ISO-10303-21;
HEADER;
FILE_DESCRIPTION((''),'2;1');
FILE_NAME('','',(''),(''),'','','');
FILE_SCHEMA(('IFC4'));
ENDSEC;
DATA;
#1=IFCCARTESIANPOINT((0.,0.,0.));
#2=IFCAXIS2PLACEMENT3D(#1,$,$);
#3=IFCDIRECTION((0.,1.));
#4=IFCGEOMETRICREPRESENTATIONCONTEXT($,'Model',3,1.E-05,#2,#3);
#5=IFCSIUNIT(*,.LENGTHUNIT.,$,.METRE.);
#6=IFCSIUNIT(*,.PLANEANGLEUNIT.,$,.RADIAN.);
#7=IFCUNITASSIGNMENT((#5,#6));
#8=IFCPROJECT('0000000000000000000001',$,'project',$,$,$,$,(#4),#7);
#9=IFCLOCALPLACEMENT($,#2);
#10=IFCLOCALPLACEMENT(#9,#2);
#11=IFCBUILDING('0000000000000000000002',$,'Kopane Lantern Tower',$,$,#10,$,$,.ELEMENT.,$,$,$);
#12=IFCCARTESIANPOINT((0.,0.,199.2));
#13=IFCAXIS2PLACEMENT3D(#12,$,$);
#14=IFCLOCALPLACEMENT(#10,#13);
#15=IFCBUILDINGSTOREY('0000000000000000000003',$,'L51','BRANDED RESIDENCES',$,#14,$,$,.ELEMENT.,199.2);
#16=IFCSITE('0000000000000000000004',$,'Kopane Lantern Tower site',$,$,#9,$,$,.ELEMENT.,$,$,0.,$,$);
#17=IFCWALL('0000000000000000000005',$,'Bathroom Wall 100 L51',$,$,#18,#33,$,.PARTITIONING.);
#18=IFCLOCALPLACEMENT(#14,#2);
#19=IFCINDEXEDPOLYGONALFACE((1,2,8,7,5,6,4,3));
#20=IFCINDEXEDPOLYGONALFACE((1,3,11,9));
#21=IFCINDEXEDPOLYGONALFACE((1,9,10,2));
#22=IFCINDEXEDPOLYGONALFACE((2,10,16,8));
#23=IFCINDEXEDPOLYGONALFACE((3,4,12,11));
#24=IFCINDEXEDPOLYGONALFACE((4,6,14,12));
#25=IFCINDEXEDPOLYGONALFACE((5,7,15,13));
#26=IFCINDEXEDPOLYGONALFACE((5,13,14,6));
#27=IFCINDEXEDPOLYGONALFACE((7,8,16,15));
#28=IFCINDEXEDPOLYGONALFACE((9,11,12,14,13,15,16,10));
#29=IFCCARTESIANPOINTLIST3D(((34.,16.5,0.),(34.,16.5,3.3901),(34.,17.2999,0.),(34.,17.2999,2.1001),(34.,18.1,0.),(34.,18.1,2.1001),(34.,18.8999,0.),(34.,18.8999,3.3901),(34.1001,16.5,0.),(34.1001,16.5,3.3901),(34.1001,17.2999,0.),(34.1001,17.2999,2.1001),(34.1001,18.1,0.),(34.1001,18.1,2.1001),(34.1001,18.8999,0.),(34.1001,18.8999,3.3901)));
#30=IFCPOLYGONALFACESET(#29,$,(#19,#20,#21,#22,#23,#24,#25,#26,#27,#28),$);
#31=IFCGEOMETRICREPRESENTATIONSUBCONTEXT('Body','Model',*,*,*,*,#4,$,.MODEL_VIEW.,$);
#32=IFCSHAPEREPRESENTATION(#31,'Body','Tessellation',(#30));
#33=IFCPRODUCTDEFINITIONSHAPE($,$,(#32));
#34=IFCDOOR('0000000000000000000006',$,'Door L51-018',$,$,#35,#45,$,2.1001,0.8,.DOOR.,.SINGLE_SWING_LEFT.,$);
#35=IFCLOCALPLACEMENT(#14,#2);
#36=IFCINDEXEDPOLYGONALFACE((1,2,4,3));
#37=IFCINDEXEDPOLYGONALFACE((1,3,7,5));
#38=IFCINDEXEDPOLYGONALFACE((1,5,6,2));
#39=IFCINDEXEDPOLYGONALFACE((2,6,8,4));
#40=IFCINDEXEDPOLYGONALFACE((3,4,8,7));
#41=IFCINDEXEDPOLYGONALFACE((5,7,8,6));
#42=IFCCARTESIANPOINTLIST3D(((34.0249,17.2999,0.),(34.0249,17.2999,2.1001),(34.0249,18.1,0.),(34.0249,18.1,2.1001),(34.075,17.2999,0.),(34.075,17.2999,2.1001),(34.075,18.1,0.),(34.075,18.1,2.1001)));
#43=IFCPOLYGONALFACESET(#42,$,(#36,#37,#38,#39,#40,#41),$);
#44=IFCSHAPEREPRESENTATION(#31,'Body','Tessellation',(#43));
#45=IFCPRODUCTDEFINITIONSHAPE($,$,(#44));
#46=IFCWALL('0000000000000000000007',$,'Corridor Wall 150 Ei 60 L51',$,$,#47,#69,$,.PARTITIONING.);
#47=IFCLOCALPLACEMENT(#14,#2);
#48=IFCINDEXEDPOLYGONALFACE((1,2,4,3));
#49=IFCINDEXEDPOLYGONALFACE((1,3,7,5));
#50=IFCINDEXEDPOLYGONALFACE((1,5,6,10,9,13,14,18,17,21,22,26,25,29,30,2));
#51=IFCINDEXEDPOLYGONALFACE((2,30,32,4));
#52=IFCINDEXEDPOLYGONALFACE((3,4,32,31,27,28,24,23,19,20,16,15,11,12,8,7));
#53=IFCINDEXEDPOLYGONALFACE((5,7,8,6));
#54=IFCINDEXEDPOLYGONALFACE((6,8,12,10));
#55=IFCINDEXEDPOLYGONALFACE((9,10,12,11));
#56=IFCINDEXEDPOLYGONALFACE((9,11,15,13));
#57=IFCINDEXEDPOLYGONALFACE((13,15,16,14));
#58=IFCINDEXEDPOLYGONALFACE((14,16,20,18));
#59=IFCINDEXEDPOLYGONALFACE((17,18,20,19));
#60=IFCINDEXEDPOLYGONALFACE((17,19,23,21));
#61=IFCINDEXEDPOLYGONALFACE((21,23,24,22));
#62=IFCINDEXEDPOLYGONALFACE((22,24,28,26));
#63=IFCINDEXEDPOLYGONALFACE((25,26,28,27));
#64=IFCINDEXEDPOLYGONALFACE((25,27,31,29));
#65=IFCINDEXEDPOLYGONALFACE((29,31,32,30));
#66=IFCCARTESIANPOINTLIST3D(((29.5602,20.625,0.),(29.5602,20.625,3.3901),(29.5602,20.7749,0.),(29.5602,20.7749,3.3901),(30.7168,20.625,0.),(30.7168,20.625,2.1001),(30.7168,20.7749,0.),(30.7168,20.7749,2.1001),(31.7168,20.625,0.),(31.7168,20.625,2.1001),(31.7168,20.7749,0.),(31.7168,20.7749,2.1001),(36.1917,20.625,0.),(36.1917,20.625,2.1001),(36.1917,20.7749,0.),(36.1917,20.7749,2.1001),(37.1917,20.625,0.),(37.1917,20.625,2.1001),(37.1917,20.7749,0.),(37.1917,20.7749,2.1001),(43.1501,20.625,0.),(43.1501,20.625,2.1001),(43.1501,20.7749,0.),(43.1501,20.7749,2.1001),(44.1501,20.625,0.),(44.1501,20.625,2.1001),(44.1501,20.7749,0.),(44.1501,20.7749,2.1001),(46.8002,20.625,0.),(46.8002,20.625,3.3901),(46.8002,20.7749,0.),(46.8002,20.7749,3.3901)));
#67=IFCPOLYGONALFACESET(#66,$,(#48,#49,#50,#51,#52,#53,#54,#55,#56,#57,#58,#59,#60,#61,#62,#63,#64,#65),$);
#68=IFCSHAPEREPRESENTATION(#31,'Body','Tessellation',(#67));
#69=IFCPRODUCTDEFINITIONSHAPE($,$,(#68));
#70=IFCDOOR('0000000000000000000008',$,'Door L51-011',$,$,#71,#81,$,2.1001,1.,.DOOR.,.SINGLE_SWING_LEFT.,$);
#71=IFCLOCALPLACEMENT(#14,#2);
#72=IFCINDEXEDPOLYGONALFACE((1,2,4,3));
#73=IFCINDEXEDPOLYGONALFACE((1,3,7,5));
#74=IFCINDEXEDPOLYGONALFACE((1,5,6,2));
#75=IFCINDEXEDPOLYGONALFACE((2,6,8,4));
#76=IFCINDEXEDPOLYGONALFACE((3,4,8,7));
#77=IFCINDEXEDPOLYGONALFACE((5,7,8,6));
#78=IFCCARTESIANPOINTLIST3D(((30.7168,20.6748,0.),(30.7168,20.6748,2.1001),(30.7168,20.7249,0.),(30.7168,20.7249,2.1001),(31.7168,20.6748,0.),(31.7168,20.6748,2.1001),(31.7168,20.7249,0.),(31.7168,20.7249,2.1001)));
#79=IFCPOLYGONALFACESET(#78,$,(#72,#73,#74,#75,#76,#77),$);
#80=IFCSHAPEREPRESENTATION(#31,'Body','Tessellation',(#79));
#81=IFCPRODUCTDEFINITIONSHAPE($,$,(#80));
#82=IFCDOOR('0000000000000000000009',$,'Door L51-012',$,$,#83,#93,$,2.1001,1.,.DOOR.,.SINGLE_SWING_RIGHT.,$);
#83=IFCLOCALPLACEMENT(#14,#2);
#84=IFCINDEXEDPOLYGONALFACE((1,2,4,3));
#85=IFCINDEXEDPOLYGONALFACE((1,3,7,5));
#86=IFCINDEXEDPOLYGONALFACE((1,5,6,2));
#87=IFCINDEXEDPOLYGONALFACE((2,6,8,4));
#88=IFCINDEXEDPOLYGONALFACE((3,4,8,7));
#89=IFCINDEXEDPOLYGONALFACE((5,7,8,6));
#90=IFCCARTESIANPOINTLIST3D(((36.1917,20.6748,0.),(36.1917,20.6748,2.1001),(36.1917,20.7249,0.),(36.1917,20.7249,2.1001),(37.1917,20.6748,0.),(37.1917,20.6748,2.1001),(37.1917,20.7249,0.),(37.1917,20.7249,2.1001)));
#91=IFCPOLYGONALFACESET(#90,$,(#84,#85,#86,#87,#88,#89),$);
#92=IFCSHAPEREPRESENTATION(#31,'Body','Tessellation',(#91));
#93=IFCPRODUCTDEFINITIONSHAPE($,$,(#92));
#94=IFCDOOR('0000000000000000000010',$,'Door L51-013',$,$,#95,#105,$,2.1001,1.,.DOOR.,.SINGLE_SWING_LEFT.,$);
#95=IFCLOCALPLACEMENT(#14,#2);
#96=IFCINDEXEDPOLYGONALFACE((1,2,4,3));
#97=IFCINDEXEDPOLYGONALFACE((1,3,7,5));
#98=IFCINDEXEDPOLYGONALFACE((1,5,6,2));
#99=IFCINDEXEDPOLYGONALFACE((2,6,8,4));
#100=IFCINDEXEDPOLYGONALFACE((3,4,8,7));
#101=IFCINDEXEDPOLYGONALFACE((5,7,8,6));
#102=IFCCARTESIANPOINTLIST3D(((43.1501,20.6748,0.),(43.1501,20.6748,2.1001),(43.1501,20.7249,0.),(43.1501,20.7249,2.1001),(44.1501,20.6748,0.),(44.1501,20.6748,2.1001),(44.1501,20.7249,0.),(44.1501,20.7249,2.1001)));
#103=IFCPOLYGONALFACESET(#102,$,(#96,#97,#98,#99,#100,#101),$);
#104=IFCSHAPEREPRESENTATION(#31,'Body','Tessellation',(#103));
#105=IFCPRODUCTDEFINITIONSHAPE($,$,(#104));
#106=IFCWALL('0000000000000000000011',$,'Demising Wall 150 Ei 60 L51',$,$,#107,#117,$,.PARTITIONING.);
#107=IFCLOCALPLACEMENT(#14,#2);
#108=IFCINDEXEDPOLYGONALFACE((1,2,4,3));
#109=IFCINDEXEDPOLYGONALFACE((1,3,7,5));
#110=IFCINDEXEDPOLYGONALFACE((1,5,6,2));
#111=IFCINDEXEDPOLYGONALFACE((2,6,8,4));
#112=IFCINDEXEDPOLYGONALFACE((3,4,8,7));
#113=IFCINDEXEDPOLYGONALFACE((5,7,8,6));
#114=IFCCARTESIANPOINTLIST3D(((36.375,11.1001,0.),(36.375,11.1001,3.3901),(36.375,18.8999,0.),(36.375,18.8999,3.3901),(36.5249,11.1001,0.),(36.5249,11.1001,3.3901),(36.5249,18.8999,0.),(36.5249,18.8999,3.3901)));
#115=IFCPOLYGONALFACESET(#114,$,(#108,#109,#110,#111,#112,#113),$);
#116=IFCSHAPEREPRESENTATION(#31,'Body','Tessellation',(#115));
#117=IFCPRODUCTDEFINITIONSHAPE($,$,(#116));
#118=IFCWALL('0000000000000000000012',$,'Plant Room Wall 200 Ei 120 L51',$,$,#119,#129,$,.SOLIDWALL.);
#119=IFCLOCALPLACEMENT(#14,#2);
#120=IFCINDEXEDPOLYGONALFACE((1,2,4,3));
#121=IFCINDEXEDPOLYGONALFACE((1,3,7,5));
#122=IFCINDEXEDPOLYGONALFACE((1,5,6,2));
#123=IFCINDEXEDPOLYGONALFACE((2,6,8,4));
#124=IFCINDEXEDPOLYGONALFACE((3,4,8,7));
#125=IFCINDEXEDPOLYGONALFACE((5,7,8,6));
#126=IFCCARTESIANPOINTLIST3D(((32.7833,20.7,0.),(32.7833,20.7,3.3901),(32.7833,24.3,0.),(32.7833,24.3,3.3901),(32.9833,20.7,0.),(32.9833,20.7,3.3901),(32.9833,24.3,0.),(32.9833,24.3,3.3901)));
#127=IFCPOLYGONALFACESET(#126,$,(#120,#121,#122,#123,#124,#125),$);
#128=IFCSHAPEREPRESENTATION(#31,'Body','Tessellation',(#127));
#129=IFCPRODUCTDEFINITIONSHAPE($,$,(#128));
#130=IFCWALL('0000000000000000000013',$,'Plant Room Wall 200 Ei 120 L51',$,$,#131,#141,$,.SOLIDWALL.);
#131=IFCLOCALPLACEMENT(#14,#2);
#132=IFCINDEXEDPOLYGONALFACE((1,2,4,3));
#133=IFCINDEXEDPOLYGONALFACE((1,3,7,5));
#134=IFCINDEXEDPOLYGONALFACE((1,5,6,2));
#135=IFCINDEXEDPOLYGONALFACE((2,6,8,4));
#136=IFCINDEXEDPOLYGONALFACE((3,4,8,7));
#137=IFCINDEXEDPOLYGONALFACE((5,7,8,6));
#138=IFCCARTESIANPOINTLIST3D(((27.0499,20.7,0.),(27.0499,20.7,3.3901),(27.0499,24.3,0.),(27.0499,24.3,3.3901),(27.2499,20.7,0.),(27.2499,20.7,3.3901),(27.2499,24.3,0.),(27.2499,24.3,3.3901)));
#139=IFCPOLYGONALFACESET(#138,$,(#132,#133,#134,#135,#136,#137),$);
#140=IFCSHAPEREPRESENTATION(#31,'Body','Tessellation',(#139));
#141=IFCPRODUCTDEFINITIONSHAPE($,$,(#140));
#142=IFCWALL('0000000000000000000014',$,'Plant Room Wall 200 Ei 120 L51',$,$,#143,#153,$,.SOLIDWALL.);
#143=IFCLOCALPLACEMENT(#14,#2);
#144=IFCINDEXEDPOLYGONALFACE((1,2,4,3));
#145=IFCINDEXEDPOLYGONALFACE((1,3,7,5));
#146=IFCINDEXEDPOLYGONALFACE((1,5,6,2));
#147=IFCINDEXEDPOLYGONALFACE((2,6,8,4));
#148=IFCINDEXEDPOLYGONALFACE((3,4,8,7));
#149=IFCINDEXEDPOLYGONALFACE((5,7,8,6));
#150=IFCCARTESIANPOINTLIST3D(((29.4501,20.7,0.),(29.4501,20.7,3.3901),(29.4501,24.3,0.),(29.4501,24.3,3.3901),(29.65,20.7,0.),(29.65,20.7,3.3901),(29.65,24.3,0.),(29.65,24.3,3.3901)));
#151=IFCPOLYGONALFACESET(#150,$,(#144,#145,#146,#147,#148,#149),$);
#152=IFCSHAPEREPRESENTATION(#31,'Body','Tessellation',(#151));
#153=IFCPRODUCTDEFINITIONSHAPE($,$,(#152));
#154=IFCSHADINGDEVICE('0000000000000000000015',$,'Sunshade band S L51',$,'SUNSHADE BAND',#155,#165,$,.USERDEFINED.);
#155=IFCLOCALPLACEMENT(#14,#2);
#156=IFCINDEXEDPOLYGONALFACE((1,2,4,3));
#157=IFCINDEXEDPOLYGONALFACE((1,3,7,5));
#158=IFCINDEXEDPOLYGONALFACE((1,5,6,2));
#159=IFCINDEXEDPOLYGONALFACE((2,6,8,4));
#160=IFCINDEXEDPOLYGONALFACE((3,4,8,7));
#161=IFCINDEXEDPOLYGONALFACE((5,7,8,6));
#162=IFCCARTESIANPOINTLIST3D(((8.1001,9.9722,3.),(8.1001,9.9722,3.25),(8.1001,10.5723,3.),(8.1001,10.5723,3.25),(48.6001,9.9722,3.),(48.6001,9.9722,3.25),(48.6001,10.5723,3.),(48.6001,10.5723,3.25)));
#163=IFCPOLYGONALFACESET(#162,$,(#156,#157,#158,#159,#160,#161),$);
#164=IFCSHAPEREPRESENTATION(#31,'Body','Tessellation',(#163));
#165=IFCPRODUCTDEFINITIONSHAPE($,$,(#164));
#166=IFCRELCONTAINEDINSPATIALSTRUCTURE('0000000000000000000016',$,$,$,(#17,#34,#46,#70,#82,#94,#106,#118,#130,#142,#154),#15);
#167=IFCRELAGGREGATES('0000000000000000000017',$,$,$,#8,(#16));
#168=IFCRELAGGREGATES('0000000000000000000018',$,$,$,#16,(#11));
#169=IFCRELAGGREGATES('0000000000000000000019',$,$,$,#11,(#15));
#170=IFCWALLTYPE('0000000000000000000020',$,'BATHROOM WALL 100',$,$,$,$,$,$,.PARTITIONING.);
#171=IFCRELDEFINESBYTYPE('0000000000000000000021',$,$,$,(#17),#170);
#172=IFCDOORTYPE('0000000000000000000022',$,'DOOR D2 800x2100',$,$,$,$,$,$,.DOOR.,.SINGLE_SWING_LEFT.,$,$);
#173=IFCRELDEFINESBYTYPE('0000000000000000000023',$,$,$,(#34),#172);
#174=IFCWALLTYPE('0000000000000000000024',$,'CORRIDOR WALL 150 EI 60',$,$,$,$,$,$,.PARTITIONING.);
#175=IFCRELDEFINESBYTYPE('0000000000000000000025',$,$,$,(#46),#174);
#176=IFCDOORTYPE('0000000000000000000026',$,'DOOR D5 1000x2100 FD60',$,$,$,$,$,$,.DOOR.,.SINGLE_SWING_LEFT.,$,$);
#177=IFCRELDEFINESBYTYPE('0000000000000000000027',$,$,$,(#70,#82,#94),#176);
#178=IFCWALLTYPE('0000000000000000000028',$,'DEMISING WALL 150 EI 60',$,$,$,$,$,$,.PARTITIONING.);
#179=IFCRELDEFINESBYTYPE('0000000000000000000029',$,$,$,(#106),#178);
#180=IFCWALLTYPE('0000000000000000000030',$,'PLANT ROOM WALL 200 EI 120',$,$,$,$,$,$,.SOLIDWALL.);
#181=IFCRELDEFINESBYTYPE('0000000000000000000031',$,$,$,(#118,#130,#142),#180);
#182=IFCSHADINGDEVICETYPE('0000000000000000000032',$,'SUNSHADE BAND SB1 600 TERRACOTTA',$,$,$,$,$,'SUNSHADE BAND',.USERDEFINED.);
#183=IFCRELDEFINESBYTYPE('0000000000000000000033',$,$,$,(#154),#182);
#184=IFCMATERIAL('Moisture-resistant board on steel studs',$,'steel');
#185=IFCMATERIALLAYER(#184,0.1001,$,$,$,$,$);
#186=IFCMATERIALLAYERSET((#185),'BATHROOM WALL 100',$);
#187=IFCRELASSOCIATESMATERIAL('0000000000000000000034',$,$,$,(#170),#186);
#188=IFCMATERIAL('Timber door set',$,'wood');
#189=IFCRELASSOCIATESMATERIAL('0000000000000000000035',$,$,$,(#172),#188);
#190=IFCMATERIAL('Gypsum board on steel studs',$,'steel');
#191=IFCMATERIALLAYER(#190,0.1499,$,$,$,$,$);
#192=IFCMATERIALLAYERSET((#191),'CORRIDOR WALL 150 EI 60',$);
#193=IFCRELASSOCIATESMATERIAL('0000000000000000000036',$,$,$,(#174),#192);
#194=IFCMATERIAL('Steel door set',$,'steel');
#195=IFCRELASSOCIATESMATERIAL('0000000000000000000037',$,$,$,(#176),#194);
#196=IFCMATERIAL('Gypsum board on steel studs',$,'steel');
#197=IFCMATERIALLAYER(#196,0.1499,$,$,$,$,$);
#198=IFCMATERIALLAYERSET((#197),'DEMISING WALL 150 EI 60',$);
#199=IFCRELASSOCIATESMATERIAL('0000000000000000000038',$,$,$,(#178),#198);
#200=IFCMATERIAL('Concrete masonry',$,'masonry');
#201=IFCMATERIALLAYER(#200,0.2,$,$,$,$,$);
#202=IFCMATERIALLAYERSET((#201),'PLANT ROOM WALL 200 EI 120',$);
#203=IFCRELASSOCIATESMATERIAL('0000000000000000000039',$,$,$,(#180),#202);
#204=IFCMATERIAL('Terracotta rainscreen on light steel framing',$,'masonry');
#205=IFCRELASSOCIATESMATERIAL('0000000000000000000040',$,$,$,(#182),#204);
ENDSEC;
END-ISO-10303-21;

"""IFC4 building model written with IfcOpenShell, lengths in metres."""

from ifc_helpers import new_model, si_unit, direction, frame, frame_2d, origin, origin_2d, place, context, subcontext, project, spatial, rectangle, extrude, material, layer, layer_set, type_object, element, fill, save


model = new_model("IFC4")

# Units and contexts
model_context = context("Model", 3, precision=1e-05, world=origin(), true_north=direction((0.0, 1.0)))
body_context = subcontext(model_context, "Body", "Model", "MODEL_VIEW")
ifc_project = project(units=[si_unit("LENGTHUNIT", "METRE"), si_unit("PLANEANGLEUNIT", "RADIAN")], contexts=[model_context])

# Site, building, storey
site_placement = place(None, origin())
site = spatial("IfcSite", under=ifc_project, at=site_placement, Name="Kopane Lantern Tower site", CompositionType="ELEMENT", RefElevation=0.0)
building_placement = place(site_placement, origin())
building = spatial("IfcBuilding", under=site, at=building_placement, Name="Kopane Lantern Tower", CompositionType="ELEMENT")
storey_placement = place(building_placement, frame((0.0, 0.0, 199.2)))
storey = spatial("IfcBuildingStorey", under=building, at=storey_placement, Name="L51", Description="BRANDED RESIDENCES", CompositionType="ELEMENT", Elevation=199.2)

# Wall, opening, door
ifc_material_1 = material(Name="Moisture-resistant board on steel studs", Category="steel")
ifc_layer_1 = layer(ifc_material_1, 0.1001)
ifc_layer_set_1 = layer_set([ifc_layer_1], Name="BATHROOM WALL 100")
wall_type_1 = type_object("IfcWallType", Name="BATHROOM WALL 100", PredefinedType="PARTITIONING", material=ifc_layer_set_1)
wall_1_placement = place(storey_placement, frame((34.05, 18.8999, 0.0), z_axis=(0.0, 0.0, 1.0), x_axis=(0.0, -1.0, 0.0)))
wall_1 = element("IfcWall", 1, at=wall_1_placement, inside=storey, type_object=wall_type_1, Name="Bathroom Wall 100 L51", PredefinedType="PARTITIONING", context=body_context, shape_type="SweptSolid", body=[
    extrude(rectangle(XDim=2.3999, YDim=0.1001, at=frame_2d((1.2, 0.0))), origin(), (0.0, 0.0, 1.0), 3.3901),
])
opening_1_placement = place(wall_1_placement, frame((0.8, 0.0, 0.0)))
opening_1 = element("IfcOpeningElement", 2, at=opening_1_placement, cuts=wall_1, PredefinedType="OPENING", context=body_context, shape_type="SweptSolid", body=[
    extrude(rectangle(XDim=0.8, YDim=2.1001, at=frame_2d((0.3999, 1.05))), frame((0.0, 0.0601, 0.0), z_axis=(0.0, -1.0, 0.0), x_axis=(1.0, 0.0, 0.0)), (0.0, 0.0, 1.0), 0.1201),
])
ifc_material_2 = material(Name="Timber door set", Category="wood")
door_type_1 = type_object("IfcDoorType", Name="DOOR D2 800x2100", OperationType="SINGLE_SWING_LEFT", PredefinedType="DOOR", material=ifc_material_2)
door_1_placement = place(opening_1_placement, origin())
door_1 = element("IfcDoor", 3, at=door_1_placement, inside=storey, type_object=door_type_1, Name="Door L51-018", OperationType="SINGLE_SWING_LEFT", OverallHeight=2.1001, OverallWidth=0.8, PredefinedType="DOOR", context=body_context, shape_type="SweptSolid", body=[
    extrude(rectangle(XDim=0.8, YDim=2.1001, at=frame_2d((0.3999, 1.05))), frame((0.0, 0.0249, 0.0), z_axis=(0.0, -1.0, 0.0), x_axis=(1.0, 0.0, 0.0)), (0.0, 0.0, 1.0), 0.05),
])
fill(opening_1, door_1)

# Wall, openings, doors
ifc_material_3 = material(Name="Gypsum board on steel studs", Category="steel")
ifc_layer_2 = layer(ifc_material_3, 0.1499)
ifc_layer_set_2 = layer_set([ifc_layer_2], Name="CORRIDOR WALL 150 EI 60")
wall_type_2 = type_object("IfcWallType", Name="CORRIDOR WALL 150 EI 60", PredefinedType="PARTITIONING", material=ifc_layer_set_2)
wall_2_placement = place(storey_placement, frame((29.5601, 20.7, 0.0), z_axis=(0.0, 0.0, 1.0), x_axis=(1.0, 0.0, 0.0)))
wall_2 = element("IfcWall", 4, at=wall_2_placement, inside=storey, type_object=wall_type_2, Name="Corridor Wall 150 Ei 60 L51", PredefinedType="PARTITIONING", context=body_context, shape_type="SweptSolid", body=[
    extrude(rectangle(XDim=17.24, YDim=0.1499, at=frame_2d((8.6201, 0.0))), origin(), (0.0, 0.0, 1.0), 3.3901),
])
opening_2_placement = place(wall_2_placement, frame((1.1567, 0.0, 0.0)))
opening_2 = element("IfcOpeningElement", 5, at=opening_2_placement, cuts=wall_2, PredefinedType="OPENING", context=body_context, shape_type="SweptSolid", body=[
    extrude(rectangle(XDim=1.0, YDim=2.1001, at=frame_2d((0.5, 1.05))), frame((0.0, 0.085, 0.0), z_axis=(0.0, -1.0, 0.0), x_axis=(1.0, 0.0, 0.0)), (0.0, 0.0, 1.0), 0.1699),
])
opening_3_placement = place(wall_2_placement, frame((6.6316, 0.0, 0.0)))
opening_3 = element("IfcOpeningElement", 6, at=opening_3_placement, cuts=wall_2, PredefinedType="OPENING", context=body_context, shape_type="SweptSolid", body=[
    extrude(rectangle(XDim=1.0, YDim=2.1001, at=frame_2d((0.5, 1.05))), frame((0.0, 0.085, 0.0), z_axis=(0.0, -1.0, 0.0), x_axis=(1.0, 0.0, 0.0)), (0.0, 0.0, 1.0), 0.1699),
])
opening_4_placement = place(wall_2_placement, frame((13.5901, 0.0, 0.0)))
opening_4 = element("IfcOpeningElement", 7, at=opening_4_placement, cuts=wall_2, PredefinedType="OPENING", context=body_context, shape_type="SweptSolid", body=[
    extrude(rectangle(XDim=1.0, YDim=2.1001, at=frame_2d((0.5, 1.05))), frame((0.0, 0.085, 0.0), z_axis=(0.0, -1.0, 0.0), x_axis=(1.0, 0.0, 0.0)), (0.0, 0.0, 1.0), 0.1699),
])
ifc_material_4 = material(Name="Steel door set", Category="steel")
door_type_2 = type_object("IfcDoorType", Name="DOOR D5 1000x2100 FD60", OperationType="SINGLE_SWING_LEFT", PredefinedType="DOOR", material=ifc_material_4)
door_2_placement = place(opening_2_placement, origin())
door_2 = element("IfcDoor", 8, at=door_2_placement, inside=storey, type_object=door_type_2, Name="Door L51-011", OperationType="SINGLE_SWING_LEFT", OverallHeight=2.1001, OverallWidth=1.0, PredefinedType="DOOR", context=body_context, shape_type="SweptSolid", body=[
    extrude(rectangle(XDim=1.0, YDim=2.1001, at=frame_2d((0.5, 1.05))), frame((0.0, 0.0249, 0.0), z_axis=(0.0, -1.0, 0.0), x_axis=(1.0, 0.0, 0.0)), (0.0, 0.0, 1.0), 0.05),
])
fill(opening_2, door_2)
door_3_placement = place(opening_3_placement, origin())
door_3 = element("IfcDoor", 9, at=door_3_placement, inside=storey, type_object=door_type_2, Name="Door L51-012", OperationType="SINGLE_SWING_RIGHT", OverallHeight=2.1001, OverallWidth=1.0, PredefinedType="DOOR", context=body_context, shape_type="SweptSolid", body=[
    extrude(rectangle(XDim=1.0, YDim=2.1001, at=frame_2d((0.5, 1.05))), frame((0.0, 0.0249, 0.0), z_axis=(0.0, -1.0, 0.0), x_axis=(1.0, 0.0, 0.0)), (0.0, 0.0, 1.0), 0.05),
])
fill(opening_3, door_3)
door_4_placement = place(opening_4_placement, origin())
door_4 = element("IfcDoor", 10, at=door_4_placement, inside=storey, type_object=door_type_2, Name="Door L51-013", OperationType="SINGLE_SWING_LEFT", OverallHeight=2.1001, OverallWidth=1.0, PredefinedType="DOOR", context=body_context, shape_type="SweptSolid", body=[
    extrude(rectangle(XDim=1.0, YDim=2.1001, at=frame_2d((0.5, 1.05))), frame((0.0, 0.0249, 0.0), z_axis=(0.0, -1.0, 0.0), x_axis=(1.0, 0.0, 0.0)), (0.0, 0.0, 1.0), 0.05),
])
fill(opening_4, door_4)

# Walls
ifc_material_5 = material(Name="Gypsum board on steel studs", Category="steel")
ifc_layer_3 = layer(ifc_material_5, 0.1499)
ifc_layer_set_3 = layer_set([ifc_layer_3], Name="DEMISING WALL 150 EI 60")
wall_type_3 = type_object("IfcWallType", Name="DEMISING WALL 150 EI 60", PredefinedType="PARTITIONING", material=ifc_layer_set_3)
wall_3_placement = place(storey_placement, frame((36.45, 18.8999, 0.0), z_axis=(0.0, 0.0, 1.0), x_axis=(0.0, -1.0, 0.0)))
element("IfcWall", 11, at=wall_3_placement, inside=storey, type_object=wall_type_3, Name="Demising Wall 150 Ei 60 L51", PredefinedType="PARTITIONING", context=body_context, shape_type="SweptSolid", body=[
    extrude(rectangle(XDim=7.7998, YDim=0.1499, at=frame_2d((3.8999, 0.0))), origin(), (0.0, 0.0, 1.0), 3.3901),
])
ifc_material_6 = material(Name="Concrete masonry", Category="masonry")
ifc_layer_4 = layer(ifc_material_6, 0.2)
ifc_layer_set_4 = layer_set([ifc_layer_4], Name="PLANT ROOM WALL 200 EI 120")
wall_type_4 = type_object("IfcWallType", Name="PLANT ROOM WALL 200 EI 120", PredefinedType="SOLIDWALL", material=ifc_layer_set_4)
for number, where, z_axis, x_axis, name in (
    (12, (32.8833, 20.7, 0.0), (0.0, 0.0, 1.0), (0.0, 1.0, 0.0), "Plant Room Wall 200 Ei 120 L51"),
    (13, (27.1499, 20.7, 0.0), (0.0, 0.0, 1.0), (0.0, 1.0, 0.0), "Plant Room Wall 200 Ei 120 L51"),
    (14, (29.55, 20.7, 0.0), (0.0, 0.0, 1.0), (0.0, 1.0, 0.0), "Plant Room Wall 200 Ei 120 L51"),
):
    element("IfcWall", number, at=place(storey_placement, frame(where, z_axis=z_axis, x_axis=x_axis)), inside=storey, type_object=wall_type_4, Name=name, PredefinedType="SOLIDWALL", context=body_context, shape_type="SweptSolid", body=[
        extrude(rectangle(XDim=3.6001, YDim=0.2, at=frame_2d((1.8, 0.0))), origin(), (0.0, 0.0, 1.0), 3.3901),
    ])

# Shading device
ifc_material_7 = material(Name="Terracotta rainscreen on light steel framing", Category="masonry")
shading_device_type = type_object("IfcShadingDeviceType", Name="SUNSHADE BAND SB1 600 TERRACOTTA", ElementType="SUNSHADE BAND", PredefinedType="USERDEFINED", material=ifc_material_7)
shading_device_placement = place(storey_placement, frame((28.3501, 10.2722, 3.0), z_axis=(0.0, 0.0, 1.0), x_axis=(1.0, 0.0, 0.0)))
element("IfcShadingDevice", 15, at=shading_device_placement, inside=storey, type_object=shading_device_type, Name="Sunshade band S L51", ObjectType="SUNSHADE BAND", PredefinedType="USERDEFINED", context=body_context, shape_type="SweptSolid", body=[
    extrude(rectangle(XDim=40.5, YDim=0.6001, at=origin_2d()), origin(), (0.0, 0.0, 1.0), 0.25),
])

save(model, "model.ifc")
